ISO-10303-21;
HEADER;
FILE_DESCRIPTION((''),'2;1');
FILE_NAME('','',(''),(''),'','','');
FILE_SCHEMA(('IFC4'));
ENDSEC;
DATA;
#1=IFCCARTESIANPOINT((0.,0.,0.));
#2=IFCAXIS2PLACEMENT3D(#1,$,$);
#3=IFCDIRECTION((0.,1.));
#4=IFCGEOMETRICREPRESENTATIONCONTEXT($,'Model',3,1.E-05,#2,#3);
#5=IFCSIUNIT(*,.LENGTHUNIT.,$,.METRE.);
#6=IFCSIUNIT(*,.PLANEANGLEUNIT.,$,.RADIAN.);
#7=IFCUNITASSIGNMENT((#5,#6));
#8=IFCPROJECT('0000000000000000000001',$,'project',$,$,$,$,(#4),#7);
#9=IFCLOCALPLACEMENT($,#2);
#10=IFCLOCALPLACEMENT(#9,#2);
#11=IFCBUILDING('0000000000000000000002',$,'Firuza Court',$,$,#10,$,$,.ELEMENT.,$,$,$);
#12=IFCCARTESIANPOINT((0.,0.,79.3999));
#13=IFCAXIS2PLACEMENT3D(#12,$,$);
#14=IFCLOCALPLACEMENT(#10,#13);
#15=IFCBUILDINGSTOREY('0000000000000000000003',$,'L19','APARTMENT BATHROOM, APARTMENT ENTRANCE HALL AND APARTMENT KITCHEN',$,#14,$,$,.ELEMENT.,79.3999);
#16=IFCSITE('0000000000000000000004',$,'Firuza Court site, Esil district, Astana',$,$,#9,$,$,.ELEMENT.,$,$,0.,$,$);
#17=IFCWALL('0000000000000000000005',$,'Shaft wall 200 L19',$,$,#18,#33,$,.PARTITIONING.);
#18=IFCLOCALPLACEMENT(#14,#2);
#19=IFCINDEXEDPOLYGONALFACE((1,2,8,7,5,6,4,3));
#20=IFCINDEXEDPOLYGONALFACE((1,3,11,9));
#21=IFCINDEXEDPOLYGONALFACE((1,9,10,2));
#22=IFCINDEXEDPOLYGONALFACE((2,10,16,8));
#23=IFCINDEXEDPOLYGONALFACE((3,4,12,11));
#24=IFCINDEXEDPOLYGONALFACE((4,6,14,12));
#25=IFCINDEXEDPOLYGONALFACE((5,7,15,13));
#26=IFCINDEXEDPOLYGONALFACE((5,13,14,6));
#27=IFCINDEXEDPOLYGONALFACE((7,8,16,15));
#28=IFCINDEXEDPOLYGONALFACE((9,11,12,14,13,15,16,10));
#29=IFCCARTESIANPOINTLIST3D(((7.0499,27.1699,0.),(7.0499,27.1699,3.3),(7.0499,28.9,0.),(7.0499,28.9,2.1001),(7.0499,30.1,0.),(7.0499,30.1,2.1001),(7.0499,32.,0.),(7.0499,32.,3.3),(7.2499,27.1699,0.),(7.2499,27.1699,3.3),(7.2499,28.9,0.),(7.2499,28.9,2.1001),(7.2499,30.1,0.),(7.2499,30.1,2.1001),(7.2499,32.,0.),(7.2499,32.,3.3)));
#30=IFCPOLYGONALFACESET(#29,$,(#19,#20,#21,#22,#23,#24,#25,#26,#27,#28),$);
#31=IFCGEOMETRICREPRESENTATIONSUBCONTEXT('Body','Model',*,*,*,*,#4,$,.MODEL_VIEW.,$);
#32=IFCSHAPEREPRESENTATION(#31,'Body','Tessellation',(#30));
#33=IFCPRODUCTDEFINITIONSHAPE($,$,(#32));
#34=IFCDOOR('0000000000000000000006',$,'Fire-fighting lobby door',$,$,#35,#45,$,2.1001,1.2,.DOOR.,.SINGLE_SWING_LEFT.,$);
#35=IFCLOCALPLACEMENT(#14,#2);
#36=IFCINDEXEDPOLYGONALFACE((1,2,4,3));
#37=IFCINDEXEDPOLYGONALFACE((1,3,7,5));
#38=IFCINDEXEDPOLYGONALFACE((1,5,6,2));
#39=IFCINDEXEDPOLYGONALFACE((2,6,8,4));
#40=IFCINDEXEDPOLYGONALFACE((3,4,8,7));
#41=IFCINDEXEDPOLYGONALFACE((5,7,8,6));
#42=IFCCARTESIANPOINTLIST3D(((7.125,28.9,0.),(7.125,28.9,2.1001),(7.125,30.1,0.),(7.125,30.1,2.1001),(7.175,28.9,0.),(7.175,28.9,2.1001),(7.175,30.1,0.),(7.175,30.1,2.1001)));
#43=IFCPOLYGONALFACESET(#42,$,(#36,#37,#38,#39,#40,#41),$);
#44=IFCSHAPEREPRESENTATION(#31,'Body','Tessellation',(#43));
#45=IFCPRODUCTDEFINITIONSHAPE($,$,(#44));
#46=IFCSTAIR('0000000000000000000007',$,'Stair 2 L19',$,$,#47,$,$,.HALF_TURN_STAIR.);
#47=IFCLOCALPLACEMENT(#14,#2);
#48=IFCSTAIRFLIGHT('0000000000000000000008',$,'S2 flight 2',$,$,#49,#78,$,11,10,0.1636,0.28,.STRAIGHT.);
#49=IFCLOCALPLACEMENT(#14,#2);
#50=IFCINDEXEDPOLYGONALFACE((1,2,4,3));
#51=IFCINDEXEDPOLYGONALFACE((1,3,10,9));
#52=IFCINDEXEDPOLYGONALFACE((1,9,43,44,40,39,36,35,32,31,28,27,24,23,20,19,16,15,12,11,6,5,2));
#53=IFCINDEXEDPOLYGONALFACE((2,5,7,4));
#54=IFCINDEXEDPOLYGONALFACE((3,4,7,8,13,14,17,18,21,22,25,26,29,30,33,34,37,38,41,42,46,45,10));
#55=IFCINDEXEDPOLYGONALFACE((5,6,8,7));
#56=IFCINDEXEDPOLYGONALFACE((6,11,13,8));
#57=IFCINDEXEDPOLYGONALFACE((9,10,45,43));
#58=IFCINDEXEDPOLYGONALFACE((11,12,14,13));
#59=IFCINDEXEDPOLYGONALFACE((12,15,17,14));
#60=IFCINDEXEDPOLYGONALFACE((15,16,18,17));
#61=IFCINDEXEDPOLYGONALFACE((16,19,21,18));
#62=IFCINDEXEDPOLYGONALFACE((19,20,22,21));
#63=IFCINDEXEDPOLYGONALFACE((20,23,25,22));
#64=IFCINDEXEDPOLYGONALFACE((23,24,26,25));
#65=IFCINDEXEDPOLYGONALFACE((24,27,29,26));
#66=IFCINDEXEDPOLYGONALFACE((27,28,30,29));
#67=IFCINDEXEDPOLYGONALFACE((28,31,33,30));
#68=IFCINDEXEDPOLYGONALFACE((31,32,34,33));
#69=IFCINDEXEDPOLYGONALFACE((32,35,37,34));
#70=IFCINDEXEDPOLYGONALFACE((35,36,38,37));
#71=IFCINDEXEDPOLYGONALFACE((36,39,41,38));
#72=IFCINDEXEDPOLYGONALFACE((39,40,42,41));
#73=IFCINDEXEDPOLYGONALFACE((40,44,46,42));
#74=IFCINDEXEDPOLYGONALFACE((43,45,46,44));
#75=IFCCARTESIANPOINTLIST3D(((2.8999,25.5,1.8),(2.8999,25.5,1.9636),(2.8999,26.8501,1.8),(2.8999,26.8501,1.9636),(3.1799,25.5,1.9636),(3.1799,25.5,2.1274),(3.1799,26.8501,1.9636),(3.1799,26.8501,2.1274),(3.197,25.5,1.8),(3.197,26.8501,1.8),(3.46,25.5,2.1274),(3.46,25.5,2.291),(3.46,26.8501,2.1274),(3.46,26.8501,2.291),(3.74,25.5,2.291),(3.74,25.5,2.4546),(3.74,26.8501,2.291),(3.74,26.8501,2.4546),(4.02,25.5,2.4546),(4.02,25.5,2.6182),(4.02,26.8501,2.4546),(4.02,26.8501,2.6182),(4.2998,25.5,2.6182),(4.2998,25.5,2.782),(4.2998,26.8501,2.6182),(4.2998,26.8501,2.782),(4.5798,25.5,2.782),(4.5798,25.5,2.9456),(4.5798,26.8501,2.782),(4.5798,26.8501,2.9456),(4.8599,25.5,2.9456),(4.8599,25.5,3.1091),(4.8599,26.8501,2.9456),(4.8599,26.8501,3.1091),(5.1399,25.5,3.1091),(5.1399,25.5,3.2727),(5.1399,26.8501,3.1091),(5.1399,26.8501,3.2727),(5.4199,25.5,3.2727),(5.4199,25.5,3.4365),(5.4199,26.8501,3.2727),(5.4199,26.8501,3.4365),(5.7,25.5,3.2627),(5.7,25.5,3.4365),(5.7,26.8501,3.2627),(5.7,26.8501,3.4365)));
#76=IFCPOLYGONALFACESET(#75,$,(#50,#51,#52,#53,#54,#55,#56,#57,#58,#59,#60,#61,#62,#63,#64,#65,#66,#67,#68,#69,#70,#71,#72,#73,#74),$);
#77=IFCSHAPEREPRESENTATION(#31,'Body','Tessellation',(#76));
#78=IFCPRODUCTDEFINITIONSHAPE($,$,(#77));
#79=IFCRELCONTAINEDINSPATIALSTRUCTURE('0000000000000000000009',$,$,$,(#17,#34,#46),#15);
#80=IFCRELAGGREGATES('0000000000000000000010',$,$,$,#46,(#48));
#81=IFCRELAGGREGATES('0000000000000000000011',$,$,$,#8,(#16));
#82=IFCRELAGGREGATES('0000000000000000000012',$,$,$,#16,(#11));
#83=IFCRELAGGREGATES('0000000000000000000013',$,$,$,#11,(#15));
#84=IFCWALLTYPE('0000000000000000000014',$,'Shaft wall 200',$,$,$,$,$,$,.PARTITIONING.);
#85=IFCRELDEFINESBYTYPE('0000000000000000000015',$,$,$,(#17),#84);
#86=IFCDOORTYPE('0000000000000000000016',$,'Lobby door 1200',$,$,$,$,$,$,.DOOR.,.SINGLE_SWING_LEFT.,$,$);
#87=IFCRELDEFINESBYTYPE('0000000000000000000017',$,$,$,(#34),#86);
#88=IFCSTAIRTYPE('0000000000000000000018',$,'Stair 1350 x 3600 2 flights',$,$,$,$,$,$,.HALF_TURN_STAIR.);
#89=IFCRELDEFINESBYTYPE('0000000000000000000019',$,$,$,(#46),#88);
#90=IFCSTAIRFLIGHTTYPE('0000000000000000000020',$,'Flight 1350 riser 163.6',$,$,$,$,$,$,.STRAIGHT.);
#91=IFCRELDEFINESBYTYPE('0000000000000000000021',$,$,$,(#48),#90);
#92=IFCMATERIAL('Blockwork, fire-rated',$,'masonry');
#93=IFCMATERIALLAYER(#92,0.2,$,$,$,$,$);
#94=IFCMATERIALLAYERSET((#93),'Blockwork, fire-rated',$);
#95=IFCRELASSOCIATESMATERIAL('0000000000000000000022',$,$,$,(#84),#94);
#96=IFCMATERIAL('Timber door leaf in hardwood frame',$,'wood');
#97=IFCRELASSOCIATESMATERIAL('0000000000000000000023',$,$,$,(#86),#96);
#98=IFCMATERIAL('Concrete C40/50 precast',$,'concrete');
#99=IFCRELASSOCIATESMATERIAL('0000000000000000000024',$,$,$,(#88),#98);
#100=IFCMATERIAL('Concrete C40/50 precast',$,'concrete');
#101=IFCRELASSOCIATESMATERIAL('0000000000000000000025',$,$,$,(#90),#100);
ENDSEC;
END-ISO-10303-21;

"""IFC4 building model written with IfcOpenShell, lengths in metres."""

from ifc_helpers import new_model, si_unit, direction, frame, frame_2d, origin, place, context, subcontext, project, spatial, polyline, rectangle, outline, extrude, material, layer, layer_set, type_object, element, fill, aggregate, save


model = new_model("IFC4")

# Units and contexts
model_context = context("Model", 3, precision=1e-05, world=origin(), true_north=direction((0.0, 1.0)))
body_context = subcontext(model_context, "Body", "Model", "MODEL_VIEW")
ifc_project = project(units=[si_unit("LENGTHUNIT", "METRE"), si_unit("PLANEANGLEUNIT", "RADIAN")], contexts=[model_context])

# Site, building, storey
site_placement = place(None, origin())
site = spatial("IfcSite", under=ifc_project, at=site_placement, Name="Firuza Court site, Esil district, Astana", CompositionType="ELEMENT", RefElevation=0.0)
building_placement = place(site_placement, origin())
building = spatial("IfcBuilding", under=site, at=building_placement, Name="Firuza Court", CompositionType="ELEMENT")
storey_placement = place(building_placement, frame((0.0, 0.0, 79.3999)))
storey = spatial("IfcBuildingStorey", under=building, at=storey_placement, Name="L19", Description="APARTMENT BATHROOM, APARTMENT ENTRANCE HALL AND APARTMENT KITCHEN", CompositionType="ELEMENT", Elevation=79.3999)

# Shared definitions
ifc_material_1 = material(Name="Blockwork, fire-rated", Category="masonry")
ifc_layer_1 = layer(ifc_material_1, 0.2)
ifc_layer_set_1 = layer_set([ifc_layer_1], Name="Blockwork, fire-rated")
wall_type_1 = type_object("IfcWallType", Name="Shaft wall 200", PredefinedType="PARTITIONING", material=ifc_layer_set_1)

# Shared definitions
ifc_material_2 = material(Name="Timber door leaf in hardwood frame", Category="wood")
door_type_1 = type_object("IfcDoorType", Name="Lobby door 1200", OperationType="SINGLE_SWING_LEFT", PredefinedType="DOOR", material=ifc_material_2)

# Wall, opening, door
wall_1_placement = place(storey_placement, frame((7.1499, 27.1699, 0.0), z_axis=(0.0, 0.0, 1.0), x_axis=(0.0, 1.0, 0.0)))
wall_1 = element("IfcWall", 1, at=wall_1_placement, inside=storey, type_object=wall_type_1, Name="Shaft wall 200 L19", PredefinedType="PARTITIONING", context=body_context, shape_type="SweptSolid", body=[
    extrude(rectangle(XDim=4.8301, YDim=0.2, at=frame_2d((2.415, 0.0))), origin(), (0.0, 0.0, 1.0), 3.3),
])
opening_1_placement = place(wall_1_placement, frame((1.73, 0.0, 0.0)))
opening_1 = element("IfcOpeningElement", 2, at=opening_1_placement, cuts=wall_1, PredefinedType="OPENING", context=body_context, shape_type="SweptSolid", body=[
    extrude(rectangle(XDim=1.2, YDim=2.1001, at=frame_2d((0.6001, 1.05))), frame((0.0, 0.1118, 0.0), z_axis=(0.0, -1.0, 0.0), x_axis=(1.0, 0.0, 0.0)), (0.0, 0.0, 1.0), 0.2239),
])
door_1_placement = place(opening_1_placement, origin())
door_1 = element("IfcDoor", 3, at=door_1_placement, inside=storey, type_object=door_type_1, Name="Fire-fighting lobby door", OperationType="SINGLE_SWING_LEFT", OverallHeight=2.1001, OverallWidth=1.2, PredefinedType="DOOR", context=body_context, shape_type="SweptSolid", body=[
    extrude(rectangle(XDim=1.2, YDim=2.1001, at=frame_2d((0.6001, 1.05))), frame((0.0, 0.0249, 0.0), z_axis=(0.0, -1.0, 0.0), x_axis=(1.0, 0.0, 0.0)), (0.0, 0.0, 1.0), 0.05),
])
fill(opening_1, door_1)

# Stair, stair flight
ifc_material_3 = material(Name="Concrete C40/50 precast", Category="concrete")
stair_type = type_object("IfcStairType", Name="Stair 1350 x 3600 2 flights", PredefinedType="HALF_TURN_STAIR", material=ifc_material_3)
stair_placement = place(storey_placement, origin())
stair = element("IfcStair", 4, at=stair_placement, inside=storey, type_object=stair_type, Name="Stair 2 L19", PredefinedType="HALF_TURN_STAIR")
ifc_material_4 = material(Name="Concrete C40/50 precast", Category="concrete")
stair_flight_type = type_object("IfcStairFlightType", Name="Flight 1350 riser 163.6", PredefinedType="STRAIGHT", material=ifc_material_4)
stair_flight_placement = place(storey_placement, frame((2.8999, 26.175, 1.8), z_axis=(0.0, 0.0, 1.0), x_axis=(1.0, 0.0, 0.0)))
stair_flight = element("IfcStairFlight", 5, at=stair_flight_placement, type_object=stair_flight_type, Name="S2 flight 2", NumberOfRisers=11, NumberOfTreads=10, PredefinedType="STRAIGHT", RiserHeight=0.1636, TreadLength=0.28, context=body_context, shape_type="SweptSolid", body=[
    extrude(outline(polyline([(0.0, 0.0), (0.0, 0.1636), (0.28, 0.1636), (0.28, 0.3274), (0.5601, 0.3274), (0.5601, 0.491), (0.8401, 0.491), (0.8401, 0.6545), (1.1201, 0.6545), (1.1201, 0.8181), (1.3999, 0.8181), (1.3999, 0.9819), (1.6799, 0.9819), (1.6799, 1.1455), (1.96, 1.1455), (1.96, 1.3091), (2.24, 1.3091), (2.24, 1.4727), (2.52, 1.4727), (2.52, 1.6365), (2.8, 1.6365), (2.8, 1.8), (2.8, 1.4626), (0.2971, 0.0), (0.0, 0.0)])), frame((0.0, 0.675, 0.0), z_axis=(0.0, -1.0, 0.0), x_axis=(1.0, 0.0, 0.0)), (0.0, 0.0, 1.0), 1.3501),
])
aggregate(stair, [stair_flight])

save(model, "model.ifc")
